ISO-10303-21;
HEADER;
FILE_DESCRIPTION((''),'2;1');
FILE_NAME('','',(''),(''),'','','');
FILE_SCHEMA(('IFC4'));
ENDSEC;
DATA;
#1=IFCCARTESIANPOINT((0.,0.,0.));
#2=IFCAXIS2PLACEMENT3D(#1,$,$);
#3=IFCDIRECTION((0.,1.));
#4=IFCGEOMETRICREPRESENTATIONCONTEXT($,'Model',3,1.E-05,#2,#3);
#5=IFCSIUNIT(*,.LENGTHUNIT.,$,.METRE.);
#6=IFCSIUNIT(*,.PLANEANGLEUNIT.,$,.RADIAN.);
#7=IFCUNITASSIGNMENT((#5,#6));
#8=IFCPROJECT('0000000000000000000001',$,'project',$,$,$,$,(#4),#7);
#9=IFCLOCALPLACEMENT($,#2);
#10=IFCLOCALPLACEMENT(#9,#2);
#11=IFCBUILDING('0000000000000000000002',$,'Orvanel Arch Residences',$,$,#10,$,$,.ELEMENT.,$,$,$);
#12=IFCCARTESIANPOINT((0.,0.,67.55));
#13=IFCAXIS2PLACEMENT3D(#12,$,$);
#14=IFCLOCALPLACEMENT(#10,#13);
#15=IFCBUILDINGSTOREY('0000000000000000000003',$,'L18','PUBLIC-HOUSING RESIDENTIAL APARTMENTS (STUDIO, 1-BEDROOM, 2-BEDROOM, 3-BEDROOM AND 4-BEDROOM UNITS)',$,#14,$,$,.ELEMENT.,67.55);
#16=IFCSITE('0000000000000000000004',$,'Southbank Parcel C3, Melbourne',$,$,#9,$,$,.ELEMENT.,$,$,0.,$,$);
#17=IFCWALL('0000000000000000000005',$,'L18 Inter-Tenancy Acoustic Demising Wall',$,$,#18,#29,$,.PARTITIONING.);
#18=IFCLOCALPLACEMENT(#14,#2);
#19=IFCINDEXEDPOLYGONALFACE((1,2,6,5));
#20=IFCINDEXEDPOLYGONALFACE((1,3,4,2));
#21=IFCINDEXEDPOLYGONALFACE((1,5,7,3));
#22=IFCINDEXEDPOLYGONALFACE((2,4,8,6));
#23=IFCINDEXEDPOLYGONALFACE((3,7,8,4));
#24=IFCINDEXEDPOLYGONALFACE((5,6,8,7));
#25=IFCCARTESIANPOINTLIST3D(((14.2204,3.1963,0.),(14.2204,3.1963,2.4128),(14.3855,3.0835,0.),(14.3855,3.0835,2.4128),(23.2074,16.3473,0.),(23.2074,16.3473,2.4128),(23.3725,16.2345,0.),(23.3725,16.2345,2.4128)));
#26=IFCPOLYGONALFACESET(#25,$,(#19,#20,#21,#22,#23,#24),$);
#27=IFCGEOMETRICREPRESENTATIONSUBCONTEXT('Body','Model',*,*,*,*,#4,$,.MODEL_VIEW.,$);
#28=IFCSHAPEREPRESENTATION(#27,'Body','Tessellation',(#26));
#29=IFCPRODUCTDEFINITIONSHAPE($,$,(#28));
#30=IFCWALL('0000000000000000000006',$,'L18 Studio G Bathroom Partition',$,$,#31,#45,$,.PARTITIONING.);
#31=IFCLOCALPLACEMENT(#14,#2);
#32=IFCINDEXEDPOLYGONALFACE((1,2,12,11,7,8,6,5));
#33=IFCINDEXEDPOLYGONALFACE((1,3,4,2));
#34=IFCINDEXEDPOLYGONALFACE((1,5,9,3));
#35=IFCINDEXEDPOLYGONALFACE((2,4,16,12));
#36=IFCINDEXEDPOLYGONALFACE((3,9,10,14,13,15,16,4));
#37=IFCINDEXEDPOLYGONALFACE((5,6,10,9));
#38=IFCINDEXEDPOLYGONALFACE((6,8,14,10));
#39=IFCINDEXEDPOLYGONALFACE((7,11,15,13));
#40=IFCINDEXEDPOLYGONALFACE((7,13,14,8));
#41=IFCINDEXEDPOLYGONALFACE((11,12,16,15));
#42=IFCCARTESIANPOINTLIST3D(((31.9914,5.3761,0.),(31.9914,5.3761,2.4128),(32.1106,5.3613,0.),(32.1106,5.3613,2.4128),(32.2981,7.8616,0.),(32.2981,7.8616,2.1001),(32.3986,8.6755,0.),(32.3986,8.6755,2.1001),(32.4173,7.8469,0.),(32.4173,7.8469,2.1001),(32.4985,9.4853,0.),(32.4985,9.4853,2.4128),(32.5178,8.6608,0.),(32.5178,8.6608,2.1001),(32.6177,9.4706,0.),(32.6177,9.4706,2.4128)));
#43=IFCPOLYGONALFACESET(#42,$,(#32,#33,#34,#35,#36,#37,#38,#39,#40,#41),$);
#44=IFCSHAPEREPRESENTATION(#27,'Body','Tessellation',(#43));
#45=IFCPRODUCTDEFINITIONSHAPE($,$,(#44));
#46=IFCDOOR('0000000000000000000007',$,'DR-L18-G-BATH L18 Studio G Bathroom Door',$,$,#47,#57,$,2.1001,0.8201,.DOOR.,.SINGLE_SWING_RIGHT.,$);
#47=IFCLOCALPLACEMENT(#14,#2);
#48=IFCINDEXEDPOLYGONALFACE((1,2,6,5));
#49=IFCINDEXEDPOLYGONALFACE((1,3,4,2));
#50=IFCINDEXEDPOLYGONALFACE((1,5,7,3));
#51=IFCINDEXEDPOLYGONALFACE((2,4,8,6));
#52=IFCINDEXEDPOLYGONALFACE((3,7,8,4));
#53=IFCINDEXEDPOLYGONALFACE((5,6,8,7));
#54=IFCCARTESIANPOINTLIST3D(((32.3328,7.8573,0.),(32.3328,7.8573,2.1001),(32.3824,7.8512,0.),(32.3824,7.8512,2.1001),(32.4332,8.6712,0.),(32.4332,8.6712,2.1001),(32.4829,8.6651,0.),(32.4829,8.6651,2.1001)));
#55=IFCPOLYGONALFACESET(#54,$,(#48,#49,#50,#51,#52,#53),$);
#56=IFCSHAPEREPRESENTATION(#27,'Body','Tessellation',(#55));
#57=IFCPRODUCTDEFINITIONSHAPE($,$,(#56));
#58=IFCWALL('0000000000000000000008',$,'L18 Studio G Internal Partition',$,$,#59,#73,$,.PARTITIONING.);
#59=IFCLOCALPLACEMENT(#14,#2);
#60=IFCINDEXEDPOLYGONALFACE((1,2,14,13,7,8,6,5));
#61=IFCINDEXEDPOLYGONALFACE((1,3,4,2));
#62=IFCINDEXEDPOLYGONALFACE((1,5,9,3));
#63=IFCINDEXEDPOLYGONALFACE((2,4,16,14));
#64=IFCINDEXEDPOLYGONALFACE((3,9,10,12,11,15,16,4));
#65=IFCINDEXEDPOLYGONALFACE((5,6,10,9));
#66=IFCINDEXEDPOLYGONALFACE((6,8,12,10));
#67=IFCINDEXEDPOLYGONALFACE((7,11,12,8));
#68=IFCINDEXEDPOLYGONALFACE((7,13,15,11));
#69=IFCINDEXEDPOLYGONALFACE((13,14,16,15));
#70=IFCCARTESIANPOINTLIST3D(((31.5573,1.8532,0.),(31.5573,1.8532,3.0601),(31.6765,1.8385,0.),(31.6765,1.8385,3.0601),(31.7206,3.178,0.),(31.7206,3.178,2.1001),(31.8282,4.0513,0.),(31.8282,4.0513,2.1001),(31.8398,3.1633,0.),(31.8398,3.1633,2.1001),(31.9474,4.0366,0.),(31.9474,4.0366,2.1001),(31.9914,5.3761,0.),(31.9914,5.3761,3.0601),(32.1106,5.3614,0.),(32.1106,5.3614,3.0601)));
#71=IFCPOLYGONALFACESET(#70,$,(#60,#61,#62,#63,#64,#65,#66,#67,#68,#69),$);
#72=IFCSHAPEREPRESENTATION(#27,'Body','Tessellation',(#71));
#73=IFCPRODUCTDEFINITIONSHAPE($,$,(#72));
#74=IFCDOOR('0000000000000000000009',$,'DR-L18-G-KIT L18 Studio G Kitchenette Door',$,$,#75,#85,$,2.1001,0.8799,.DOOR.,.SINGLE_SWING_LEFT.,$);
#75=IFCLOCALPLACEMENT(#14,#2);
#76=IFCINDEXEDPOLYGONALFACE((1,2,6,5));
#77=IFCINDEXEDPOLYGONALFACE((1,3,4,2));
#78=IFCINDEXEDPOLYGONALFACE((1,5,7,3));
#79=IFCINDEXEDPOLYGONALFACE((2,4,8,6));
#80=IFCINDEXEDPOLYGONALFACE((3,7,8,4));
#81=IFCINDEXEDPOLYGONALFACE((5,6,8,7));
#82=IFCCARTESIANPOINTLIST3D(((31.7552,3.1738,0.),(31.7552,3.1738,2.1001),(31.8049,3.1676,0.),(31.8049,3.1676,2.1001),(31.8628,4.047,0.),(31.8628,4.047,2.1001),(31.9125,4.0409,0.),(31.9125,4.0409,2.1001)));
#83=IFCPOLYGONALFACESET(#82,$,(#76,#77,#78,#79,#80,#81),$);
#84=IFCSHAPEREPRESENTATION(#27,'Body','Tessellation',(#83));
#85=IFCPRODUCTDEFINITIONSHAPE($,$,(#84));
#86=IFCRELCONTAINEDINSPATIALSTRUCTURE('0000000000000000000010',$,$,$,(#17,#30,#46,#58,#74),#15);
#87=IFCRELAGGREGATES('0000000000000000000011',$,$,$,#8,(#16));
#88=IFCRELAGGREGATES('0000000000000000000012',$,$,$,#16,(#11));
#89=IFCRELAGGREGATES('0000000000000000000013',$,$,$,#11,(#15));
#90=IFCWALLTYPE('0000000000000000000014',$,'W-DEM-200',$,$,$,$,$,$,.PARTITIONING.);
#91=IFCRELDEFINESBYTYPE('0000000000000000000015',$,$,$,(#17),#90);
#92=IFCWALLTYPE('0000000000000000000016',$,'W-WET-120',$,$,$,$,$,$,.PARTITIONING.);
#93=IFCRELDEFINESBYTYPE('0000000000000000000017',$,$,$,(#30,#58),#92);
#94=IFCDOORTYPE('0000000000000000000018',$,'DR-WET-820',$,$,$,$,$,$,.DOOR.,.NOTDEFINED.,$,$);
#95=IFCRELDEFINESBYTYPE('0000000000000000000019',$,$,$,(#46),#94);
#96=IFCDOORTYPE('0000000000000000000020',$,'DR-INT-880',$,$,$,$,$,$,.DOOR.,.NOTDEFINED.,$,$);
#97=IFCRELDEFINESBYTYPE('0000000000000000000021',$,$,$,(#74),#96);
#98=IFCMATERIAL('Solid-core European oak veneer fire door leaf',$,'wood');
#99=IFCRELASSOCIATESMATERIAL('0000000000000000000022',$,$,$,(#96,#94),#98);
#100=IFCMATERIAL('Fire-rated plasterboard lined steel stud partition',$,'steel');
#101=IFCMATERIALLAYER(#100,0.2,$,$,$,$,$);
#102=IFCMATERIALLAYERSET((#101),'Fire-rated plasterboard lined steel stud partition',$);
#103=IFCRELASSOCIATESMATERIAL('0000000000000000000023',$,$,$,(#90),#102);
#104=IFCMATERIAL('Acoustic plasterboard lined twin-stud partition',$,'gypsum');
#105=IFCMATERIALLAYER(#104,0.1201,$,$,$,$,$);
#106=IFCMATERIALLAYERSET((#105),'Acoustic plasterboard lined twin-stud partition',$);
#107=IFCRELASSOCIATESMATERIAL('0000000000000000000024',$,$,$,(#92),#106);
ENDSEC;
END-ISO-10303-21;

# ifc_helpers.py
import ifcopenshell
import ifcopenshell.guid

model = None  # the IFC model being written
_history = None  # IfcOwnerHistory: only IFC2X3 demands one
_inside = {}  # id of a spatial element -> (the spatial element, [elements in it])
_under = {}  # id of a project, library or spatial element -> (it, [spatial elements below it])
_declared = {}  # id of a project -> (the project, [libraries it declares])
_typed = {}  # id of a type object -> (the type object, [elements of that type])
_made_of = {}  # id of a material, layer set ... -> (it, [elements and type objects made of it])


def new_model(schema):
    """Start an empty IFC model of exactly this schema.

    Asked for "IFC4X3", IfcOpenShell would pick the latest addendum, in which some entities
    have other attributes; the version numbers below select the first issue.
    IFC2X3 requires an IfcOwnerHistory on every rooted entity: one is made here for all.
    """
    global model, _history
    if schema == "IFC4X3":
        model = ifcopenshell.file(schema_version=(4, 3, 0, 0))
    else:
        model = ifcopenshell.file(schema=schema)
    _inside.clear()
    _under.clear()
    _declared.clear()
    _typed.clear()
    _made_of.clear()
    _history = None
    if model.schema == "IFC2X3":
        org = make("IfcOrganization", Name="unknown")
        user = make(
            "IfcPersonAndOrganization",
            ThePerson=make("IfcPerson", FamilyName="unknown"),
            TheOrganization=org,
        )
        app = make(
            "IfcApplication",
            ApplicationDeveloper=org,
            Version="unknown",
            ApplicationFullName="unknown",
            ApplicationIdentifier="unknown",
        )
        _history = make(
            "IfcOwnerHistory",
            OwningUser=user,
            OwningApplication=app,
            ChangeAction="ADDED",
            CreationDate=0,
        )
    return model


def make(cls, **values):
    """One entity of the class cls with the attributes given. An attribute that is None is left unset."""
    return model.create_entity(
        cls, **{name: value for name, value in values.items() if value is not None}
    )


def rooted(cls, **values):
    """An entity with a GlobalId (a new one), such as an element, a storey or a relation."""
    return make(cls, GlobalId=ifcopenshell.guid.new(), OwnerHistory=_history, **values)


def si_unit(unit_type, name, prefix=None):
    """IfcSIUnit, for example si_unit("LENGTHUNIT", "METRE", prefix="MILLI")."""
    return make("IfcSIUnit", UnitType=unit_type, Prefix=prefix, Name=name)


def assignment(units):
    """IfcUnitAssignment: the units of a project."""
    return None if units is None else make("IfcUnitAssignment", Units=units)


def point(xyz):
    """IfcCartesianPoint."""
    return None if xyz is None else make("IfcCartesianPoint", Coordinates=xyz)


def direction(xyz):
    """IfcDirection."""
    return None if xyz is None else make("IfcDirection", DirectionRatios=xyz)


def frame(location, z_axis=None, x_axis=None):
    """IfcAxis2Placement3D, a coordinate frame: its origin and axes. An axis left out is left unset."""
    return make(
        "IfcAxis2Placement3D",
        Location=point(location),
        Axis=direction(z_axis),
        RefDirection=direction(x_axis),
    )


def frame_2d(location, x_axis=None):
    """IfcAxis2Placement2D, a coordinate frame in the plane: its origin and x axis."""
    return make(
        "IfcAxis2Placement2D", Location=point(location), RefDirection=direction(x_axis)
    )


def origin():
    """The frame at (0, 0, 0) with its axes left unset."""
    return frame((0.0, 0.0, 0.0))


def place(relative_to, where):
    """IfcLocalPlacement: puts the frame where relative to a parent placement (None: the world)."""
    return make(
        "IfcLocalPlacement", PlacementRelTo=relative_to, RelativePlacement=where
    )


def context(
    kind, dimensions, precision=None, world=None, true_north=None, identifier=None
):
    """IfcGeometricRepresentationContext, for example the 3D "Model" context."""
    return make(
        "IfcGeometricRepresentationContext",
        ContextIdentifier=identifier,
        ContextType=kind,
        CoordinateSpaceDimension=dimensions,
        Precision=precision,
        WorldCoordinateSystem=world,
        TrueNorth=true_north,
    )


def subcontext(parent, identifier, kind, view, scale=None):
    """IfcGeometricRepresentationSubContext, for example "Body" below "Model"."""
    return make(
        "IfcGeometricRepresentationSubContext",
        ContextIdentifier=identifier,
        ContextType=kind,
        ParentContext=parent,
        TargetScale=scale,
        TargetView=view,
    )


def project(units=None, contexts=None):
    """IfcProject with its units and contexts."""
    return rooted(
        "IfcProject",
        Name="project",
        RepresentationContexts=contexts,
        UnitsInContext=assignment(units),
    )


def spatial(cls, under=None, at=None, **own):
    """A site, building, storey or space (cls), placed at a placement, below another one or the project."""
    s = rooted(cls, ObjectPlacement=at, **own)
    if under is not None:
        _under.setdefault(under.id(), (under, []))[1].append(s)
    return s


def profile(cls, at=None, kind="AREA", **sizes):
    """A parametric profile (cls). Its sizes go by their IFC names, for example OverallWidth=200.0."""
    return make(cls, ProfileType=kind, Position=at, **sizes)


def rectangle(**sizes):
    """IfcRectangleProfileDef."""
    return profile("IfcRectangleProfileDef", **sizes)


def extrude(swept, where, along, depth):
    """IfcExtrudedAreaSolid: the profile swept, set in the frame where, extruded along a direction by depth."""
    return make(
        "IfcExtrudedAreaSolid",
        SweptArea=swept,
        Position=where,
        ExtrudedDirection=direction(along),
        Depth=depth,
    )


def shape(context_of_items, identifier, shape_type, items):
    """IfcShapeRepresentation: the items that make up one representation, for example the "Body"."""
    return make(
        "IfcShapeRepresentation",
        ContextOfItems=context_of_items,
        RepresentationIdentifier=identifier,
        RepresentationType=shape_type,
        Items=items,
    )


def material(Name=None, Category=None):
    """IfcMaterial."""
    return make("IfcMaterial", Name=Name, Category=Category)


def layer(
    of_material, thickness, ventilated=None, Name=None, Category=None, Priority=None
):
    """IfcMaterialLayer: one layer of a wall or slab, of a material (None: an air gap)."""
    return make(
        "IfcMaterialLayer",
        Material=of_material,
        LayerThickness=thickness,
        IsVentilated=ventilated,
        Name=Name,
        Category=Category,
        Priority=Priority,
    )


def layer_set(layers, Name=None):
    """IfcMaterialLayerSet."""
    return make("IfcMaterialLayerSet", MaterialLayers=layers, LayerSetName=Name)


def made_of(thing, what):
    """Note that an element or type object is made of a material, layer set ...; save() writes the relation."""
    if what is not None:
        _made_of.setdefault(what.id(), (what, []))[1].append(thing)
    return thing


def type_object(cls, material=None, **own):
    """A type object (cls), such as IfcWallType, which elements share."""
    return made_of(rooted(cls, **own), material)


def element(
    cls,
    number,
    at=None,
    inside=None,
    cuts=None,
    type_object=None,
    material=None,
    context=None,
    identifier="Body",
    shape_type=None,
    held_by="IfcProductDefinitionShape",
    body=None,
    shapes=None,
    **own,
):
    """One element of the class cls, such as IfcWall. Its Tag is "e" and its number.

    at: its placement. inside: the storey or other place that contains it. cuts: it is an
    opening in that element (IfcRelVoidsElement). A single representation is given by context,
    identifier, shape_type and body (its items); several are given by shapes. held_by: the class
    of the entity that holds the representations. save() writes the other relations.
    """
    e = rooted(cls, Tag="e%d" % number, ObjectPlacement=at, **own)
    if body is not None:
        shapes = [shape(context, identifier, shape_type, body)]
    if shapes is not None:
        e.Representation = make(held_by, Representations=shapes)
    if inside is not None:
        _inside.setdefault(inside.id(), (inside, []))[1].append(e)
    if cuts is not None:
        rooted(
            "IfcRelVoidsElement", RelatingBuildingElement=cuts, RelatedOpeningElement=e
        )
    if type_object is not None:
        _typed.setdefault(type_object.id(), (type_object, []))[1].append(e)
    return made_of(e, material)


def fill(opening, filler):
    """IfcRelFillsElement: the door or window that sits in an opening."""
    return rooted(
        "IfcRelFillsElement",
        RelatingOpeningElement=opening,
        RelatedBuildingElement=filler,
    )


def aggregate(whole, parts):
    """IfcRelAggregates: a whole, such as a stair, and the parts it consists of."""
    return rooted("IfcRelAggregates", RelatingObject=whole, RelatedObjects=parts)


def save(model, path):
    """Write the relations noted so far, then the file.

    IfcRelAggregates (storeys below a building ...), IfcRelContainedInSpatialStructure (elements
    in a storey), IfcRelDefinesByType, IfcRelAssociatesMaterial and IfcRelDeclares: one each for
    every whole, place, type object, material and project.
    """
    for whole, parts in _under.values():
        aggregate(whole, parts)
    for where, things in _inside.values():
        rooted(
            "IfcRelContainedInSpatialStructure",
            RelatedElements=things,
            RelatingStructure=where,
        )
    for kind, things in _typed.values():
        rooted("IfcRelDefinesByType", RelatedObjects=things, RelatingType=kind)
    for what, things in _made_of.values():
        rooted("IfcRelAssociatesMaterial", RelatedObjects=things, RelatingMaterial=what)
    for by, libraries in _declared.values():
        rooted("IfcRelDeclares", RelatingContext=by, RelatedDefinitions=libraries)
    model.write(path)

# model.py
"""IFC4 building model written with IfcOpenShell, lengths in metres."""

from ifc_helpers import new_model, si_unit, direction, frame, frame_2d, origin, place, context, subcontext, project, spatial, rectangle, extrude, material, layer, layer_set, type_object, element, fill, save


model = new_model("IFC4")

# Units and contexts
model_context = context("Model", 3, precision=1e-05, world=origin(), true_north=direction((0.0, 1.0)))
body_context = subcontext(model_context, "Body", "Model", "MODEL_VIEW")
ifc_project = project(units=[si_unit("LENGTHUNIT", "METRE"), si_unit("PLANEANGLEUNIT", "RADIAN")], contexts=[model_context])

# Site, building, storey
site_placement = place(None, origin())
site = spatial("IfcSite", under=ifc_project, at=site_placement, Name="Southbank Parcel C3, Melbourne", CompositionType="ELEMENT", RefElevation=0.0)
building_placement = place(site_placement, origin())
building = spatial("IfcBuilding", under=site, at=building_placement, Name="Orvanel Arch Residences", CompositionType="ELEMENT")
storey_placement = place(building_placement, frame((0.0, 0.0, 67.55)))
storey = spatial("IfcBuildingStorey", under=building, at=storey_placement, Name="L18", Description="PUBLIC-HOUSING RESIDENTIAL APARTMENTS (STUDIO, 1-BEDROOM, 2-BEDROOM, 3-BEDROOM AND 4-BEDROOM UNITS)", CompositionType="ELEMENT", Elevation=67.55)

# Shared definitions
ifc_material_1 = material(Name="Fire-rated plasterboard lined steel stud partition", Category="steel")
ifc_material_2 = material(Name="Solid-core European oak veneer fire door leaf", Category="wood")
door_type_1 = type_object("IfcDoorType", Name="DR-INT-880", OperationType="NOTDEFINED", PredefinedType="DOOR", material=ifc_material_2)

# Wall
ifc_layer_1 = layer(ifc_material_1, 0.2)
ifc_layer_set_1 = layer_set([ifc_layer_1], Name="Fire-rated plasterboard lined steel stud partition")
wall_type_1 = type_object("IfcWallType", Name="W-DEM-200", PredefinedType="PARTITIONING", material=ifc_layer_set_1)
wall_1_placement = place(storey_placement, frame((23.29, 16.291, 0.0), z_axis=(0.0, 0.0, 1.0), x_axis=(-0.56421, -0.825631, 0.0)))
element("IfcWall", 1, at=wall_1_placement, inside=storey, type_object=wall_type_1, Name="L18 Inter-Tenancy Acoustic Demising Wall", PredefinedType="PARTITIONING", context=body_context, shape_type="SweptSolid", body=[
    extrude(rectangle(XDim=15.9285, YDim=0.2, at=frame_2d((7.9644, 0.0))), origin(), (0.0, 0.0, 1.0), 2.4128),
])

# Walls, openings, doors
ifc_material_3 = material(Name="Acoustic plasterboard lined twin-stud partition", Category="gypsum")
ifc_layer_2 = layer(ifc_material_3, 0.1201)
ifc_layer_set_2 = layer_set([ifc_layer_2], Name="Acoustic plasterboard lined twin-stud partition")
wall_type_2 = type_object("IfcWallType", Name="W-WET-120", PredefinedType="PARTITIONING", material=ifc_layer_set_2)
wall_2_placement = place(storey_placement, frame((32.5581, 9.478, 0.0), z_axis=(0.0, 0.0, 1.0), x_axis=(-0.122474, -0.992472, 0.0)))
wall_2 = element("IfcWall", 2, at=wall_2_placement, inside=storey, type_object=wall_type_2, Name="L18 Studio G Bathroom Partition", PredefinedType="PARTITIONING", context=body_context, shape_type="SweptSolid", body=[
    extrude(rectangle(XDim=4.1404, YDim=0.1201, at=frame_2d((2.0703, 0.0))), origin(), (0.0, 0.0, 1.0), 2.4128),
])
opening_1_placement = place(wall_2_placement, frame((0.8159, 0.0, 0.0)))
opening_1 = element("IfcOpeningElement", 3, at=opening_1_placement, cuts=wall_2, PredefinedType="OPENING", context=body_context, shape_type="SweptSolid", body=[
    extrude(rectangle(XDim=0.8201, YDim=2.1001, at=frame_2d((0.4102, 1.05))), frame((0.0, 0.0701, 0.0), z_axis=(0.0, -1.0, 0.0), x_axis=(1.0, 0.0, 0.0)), (0.0, 0.0, 1.0), 0.1401),
])
door_type_2 = type_object("IfcDoorType", Name="DR-WET-820", OperationType="NOTDEFINED", PredefinedType="DOOR", material=ifc_material_2)
door_1_placement = place(opening_1_placement, origin())
door_1 = element("IfcDoor", 4, at=door_1_placement, inside=storey, type_object=door_type_2, Name="DR-L18-G-BATH L18 Studio G Bathroom Door", OperationType="SINGLE_SWING_RIGHT", OverallHeight=2.1001, OverallWidth=0.8201, PredefinedType="DOOR", context=body_context, shape_type="SweptSolid", body=[
    extrude(rectangle(XDim=0.8201, YDim=2.1001, at=frame_2d((0.4102, 1.05))), frame((0.0, 0.0249, 0.0), z_axis=(0.0, -1.0, 0.0), x_axis=(1.0, 0.0, 0.0)), (0.0, 0.0, 1.0), 0.05),
])
fill(opening_1, door_1)
wall_3_placement = place(storey_placement, frame((32.051, 5.3689, 0.0), z_axis=(0.0, 0.0, 1.0), x_axis=(-0.122291, -0.992494, 0.0)))
wall_3 = element("IfcWall", 5, at=wall_3_placement, inside=storey, type_object=wall_type_2, Name="L18 Studio G Internal Partition", PredefinedType="PARTITIONING", context=body_context, shape_type="SweptSolid", body=[
    extrude(rectangle(XDim=3.5496, YDim=0.1201, at=frame_2d((1.7749, 0.0))), origin(), (0.0, 0.0, 1.0), 3.0601),
])
opening_2_placement = place(wall_3_placement, frame((1.335, 0.0, 0.0)))
opening_2 = element("IfcOpeningElement", 6, at=opening_2_placement, cuts=wall_3, PredefinedType="OPENING", context=body_context, shape_type="SweptSolid", body=[
    extrude(rectangle(XDim=0.8799, YDim=2.1001, at=frame_2d((0.4399, 1.05))), frame((0.0, 0.0701, 0.0), z_axis=(0.0, -1.0, 0.0), x_axis=(1.0, 0.0, 0.0)), (0.0, 0.0, 1.0), 0.1401),
])
door_2_placement = place(opening_2_placement, origin())
door_2 = element("IfcDoor", 7, at=door_2_placement, inside=storey, type_object=door_type_1, Name="DR-L18-G-KIT L18 Studio G Kitchenette Door", OperationType="SINGLE_SWING_LEFT", OverallHeight=2.1001, OverallWidth=0.8799, PredefinedType="DOOR", context=body_context, shape_type="SweptSolid", body=[
    extrude(rectangle(XDim=0.8799, YDim=2.1001, at=frame_2d((0.4399, 1.05))), frame((0.0, 0.0249, 0.0), z_axis=(0.0, -1.0, 0.0), x_axis=(1.0, 0.0, 0.0)), (0.0, 0.0, 1.0), 0.05),
])
fill(opening_2, door_2)

save(model, "model.ifc")
